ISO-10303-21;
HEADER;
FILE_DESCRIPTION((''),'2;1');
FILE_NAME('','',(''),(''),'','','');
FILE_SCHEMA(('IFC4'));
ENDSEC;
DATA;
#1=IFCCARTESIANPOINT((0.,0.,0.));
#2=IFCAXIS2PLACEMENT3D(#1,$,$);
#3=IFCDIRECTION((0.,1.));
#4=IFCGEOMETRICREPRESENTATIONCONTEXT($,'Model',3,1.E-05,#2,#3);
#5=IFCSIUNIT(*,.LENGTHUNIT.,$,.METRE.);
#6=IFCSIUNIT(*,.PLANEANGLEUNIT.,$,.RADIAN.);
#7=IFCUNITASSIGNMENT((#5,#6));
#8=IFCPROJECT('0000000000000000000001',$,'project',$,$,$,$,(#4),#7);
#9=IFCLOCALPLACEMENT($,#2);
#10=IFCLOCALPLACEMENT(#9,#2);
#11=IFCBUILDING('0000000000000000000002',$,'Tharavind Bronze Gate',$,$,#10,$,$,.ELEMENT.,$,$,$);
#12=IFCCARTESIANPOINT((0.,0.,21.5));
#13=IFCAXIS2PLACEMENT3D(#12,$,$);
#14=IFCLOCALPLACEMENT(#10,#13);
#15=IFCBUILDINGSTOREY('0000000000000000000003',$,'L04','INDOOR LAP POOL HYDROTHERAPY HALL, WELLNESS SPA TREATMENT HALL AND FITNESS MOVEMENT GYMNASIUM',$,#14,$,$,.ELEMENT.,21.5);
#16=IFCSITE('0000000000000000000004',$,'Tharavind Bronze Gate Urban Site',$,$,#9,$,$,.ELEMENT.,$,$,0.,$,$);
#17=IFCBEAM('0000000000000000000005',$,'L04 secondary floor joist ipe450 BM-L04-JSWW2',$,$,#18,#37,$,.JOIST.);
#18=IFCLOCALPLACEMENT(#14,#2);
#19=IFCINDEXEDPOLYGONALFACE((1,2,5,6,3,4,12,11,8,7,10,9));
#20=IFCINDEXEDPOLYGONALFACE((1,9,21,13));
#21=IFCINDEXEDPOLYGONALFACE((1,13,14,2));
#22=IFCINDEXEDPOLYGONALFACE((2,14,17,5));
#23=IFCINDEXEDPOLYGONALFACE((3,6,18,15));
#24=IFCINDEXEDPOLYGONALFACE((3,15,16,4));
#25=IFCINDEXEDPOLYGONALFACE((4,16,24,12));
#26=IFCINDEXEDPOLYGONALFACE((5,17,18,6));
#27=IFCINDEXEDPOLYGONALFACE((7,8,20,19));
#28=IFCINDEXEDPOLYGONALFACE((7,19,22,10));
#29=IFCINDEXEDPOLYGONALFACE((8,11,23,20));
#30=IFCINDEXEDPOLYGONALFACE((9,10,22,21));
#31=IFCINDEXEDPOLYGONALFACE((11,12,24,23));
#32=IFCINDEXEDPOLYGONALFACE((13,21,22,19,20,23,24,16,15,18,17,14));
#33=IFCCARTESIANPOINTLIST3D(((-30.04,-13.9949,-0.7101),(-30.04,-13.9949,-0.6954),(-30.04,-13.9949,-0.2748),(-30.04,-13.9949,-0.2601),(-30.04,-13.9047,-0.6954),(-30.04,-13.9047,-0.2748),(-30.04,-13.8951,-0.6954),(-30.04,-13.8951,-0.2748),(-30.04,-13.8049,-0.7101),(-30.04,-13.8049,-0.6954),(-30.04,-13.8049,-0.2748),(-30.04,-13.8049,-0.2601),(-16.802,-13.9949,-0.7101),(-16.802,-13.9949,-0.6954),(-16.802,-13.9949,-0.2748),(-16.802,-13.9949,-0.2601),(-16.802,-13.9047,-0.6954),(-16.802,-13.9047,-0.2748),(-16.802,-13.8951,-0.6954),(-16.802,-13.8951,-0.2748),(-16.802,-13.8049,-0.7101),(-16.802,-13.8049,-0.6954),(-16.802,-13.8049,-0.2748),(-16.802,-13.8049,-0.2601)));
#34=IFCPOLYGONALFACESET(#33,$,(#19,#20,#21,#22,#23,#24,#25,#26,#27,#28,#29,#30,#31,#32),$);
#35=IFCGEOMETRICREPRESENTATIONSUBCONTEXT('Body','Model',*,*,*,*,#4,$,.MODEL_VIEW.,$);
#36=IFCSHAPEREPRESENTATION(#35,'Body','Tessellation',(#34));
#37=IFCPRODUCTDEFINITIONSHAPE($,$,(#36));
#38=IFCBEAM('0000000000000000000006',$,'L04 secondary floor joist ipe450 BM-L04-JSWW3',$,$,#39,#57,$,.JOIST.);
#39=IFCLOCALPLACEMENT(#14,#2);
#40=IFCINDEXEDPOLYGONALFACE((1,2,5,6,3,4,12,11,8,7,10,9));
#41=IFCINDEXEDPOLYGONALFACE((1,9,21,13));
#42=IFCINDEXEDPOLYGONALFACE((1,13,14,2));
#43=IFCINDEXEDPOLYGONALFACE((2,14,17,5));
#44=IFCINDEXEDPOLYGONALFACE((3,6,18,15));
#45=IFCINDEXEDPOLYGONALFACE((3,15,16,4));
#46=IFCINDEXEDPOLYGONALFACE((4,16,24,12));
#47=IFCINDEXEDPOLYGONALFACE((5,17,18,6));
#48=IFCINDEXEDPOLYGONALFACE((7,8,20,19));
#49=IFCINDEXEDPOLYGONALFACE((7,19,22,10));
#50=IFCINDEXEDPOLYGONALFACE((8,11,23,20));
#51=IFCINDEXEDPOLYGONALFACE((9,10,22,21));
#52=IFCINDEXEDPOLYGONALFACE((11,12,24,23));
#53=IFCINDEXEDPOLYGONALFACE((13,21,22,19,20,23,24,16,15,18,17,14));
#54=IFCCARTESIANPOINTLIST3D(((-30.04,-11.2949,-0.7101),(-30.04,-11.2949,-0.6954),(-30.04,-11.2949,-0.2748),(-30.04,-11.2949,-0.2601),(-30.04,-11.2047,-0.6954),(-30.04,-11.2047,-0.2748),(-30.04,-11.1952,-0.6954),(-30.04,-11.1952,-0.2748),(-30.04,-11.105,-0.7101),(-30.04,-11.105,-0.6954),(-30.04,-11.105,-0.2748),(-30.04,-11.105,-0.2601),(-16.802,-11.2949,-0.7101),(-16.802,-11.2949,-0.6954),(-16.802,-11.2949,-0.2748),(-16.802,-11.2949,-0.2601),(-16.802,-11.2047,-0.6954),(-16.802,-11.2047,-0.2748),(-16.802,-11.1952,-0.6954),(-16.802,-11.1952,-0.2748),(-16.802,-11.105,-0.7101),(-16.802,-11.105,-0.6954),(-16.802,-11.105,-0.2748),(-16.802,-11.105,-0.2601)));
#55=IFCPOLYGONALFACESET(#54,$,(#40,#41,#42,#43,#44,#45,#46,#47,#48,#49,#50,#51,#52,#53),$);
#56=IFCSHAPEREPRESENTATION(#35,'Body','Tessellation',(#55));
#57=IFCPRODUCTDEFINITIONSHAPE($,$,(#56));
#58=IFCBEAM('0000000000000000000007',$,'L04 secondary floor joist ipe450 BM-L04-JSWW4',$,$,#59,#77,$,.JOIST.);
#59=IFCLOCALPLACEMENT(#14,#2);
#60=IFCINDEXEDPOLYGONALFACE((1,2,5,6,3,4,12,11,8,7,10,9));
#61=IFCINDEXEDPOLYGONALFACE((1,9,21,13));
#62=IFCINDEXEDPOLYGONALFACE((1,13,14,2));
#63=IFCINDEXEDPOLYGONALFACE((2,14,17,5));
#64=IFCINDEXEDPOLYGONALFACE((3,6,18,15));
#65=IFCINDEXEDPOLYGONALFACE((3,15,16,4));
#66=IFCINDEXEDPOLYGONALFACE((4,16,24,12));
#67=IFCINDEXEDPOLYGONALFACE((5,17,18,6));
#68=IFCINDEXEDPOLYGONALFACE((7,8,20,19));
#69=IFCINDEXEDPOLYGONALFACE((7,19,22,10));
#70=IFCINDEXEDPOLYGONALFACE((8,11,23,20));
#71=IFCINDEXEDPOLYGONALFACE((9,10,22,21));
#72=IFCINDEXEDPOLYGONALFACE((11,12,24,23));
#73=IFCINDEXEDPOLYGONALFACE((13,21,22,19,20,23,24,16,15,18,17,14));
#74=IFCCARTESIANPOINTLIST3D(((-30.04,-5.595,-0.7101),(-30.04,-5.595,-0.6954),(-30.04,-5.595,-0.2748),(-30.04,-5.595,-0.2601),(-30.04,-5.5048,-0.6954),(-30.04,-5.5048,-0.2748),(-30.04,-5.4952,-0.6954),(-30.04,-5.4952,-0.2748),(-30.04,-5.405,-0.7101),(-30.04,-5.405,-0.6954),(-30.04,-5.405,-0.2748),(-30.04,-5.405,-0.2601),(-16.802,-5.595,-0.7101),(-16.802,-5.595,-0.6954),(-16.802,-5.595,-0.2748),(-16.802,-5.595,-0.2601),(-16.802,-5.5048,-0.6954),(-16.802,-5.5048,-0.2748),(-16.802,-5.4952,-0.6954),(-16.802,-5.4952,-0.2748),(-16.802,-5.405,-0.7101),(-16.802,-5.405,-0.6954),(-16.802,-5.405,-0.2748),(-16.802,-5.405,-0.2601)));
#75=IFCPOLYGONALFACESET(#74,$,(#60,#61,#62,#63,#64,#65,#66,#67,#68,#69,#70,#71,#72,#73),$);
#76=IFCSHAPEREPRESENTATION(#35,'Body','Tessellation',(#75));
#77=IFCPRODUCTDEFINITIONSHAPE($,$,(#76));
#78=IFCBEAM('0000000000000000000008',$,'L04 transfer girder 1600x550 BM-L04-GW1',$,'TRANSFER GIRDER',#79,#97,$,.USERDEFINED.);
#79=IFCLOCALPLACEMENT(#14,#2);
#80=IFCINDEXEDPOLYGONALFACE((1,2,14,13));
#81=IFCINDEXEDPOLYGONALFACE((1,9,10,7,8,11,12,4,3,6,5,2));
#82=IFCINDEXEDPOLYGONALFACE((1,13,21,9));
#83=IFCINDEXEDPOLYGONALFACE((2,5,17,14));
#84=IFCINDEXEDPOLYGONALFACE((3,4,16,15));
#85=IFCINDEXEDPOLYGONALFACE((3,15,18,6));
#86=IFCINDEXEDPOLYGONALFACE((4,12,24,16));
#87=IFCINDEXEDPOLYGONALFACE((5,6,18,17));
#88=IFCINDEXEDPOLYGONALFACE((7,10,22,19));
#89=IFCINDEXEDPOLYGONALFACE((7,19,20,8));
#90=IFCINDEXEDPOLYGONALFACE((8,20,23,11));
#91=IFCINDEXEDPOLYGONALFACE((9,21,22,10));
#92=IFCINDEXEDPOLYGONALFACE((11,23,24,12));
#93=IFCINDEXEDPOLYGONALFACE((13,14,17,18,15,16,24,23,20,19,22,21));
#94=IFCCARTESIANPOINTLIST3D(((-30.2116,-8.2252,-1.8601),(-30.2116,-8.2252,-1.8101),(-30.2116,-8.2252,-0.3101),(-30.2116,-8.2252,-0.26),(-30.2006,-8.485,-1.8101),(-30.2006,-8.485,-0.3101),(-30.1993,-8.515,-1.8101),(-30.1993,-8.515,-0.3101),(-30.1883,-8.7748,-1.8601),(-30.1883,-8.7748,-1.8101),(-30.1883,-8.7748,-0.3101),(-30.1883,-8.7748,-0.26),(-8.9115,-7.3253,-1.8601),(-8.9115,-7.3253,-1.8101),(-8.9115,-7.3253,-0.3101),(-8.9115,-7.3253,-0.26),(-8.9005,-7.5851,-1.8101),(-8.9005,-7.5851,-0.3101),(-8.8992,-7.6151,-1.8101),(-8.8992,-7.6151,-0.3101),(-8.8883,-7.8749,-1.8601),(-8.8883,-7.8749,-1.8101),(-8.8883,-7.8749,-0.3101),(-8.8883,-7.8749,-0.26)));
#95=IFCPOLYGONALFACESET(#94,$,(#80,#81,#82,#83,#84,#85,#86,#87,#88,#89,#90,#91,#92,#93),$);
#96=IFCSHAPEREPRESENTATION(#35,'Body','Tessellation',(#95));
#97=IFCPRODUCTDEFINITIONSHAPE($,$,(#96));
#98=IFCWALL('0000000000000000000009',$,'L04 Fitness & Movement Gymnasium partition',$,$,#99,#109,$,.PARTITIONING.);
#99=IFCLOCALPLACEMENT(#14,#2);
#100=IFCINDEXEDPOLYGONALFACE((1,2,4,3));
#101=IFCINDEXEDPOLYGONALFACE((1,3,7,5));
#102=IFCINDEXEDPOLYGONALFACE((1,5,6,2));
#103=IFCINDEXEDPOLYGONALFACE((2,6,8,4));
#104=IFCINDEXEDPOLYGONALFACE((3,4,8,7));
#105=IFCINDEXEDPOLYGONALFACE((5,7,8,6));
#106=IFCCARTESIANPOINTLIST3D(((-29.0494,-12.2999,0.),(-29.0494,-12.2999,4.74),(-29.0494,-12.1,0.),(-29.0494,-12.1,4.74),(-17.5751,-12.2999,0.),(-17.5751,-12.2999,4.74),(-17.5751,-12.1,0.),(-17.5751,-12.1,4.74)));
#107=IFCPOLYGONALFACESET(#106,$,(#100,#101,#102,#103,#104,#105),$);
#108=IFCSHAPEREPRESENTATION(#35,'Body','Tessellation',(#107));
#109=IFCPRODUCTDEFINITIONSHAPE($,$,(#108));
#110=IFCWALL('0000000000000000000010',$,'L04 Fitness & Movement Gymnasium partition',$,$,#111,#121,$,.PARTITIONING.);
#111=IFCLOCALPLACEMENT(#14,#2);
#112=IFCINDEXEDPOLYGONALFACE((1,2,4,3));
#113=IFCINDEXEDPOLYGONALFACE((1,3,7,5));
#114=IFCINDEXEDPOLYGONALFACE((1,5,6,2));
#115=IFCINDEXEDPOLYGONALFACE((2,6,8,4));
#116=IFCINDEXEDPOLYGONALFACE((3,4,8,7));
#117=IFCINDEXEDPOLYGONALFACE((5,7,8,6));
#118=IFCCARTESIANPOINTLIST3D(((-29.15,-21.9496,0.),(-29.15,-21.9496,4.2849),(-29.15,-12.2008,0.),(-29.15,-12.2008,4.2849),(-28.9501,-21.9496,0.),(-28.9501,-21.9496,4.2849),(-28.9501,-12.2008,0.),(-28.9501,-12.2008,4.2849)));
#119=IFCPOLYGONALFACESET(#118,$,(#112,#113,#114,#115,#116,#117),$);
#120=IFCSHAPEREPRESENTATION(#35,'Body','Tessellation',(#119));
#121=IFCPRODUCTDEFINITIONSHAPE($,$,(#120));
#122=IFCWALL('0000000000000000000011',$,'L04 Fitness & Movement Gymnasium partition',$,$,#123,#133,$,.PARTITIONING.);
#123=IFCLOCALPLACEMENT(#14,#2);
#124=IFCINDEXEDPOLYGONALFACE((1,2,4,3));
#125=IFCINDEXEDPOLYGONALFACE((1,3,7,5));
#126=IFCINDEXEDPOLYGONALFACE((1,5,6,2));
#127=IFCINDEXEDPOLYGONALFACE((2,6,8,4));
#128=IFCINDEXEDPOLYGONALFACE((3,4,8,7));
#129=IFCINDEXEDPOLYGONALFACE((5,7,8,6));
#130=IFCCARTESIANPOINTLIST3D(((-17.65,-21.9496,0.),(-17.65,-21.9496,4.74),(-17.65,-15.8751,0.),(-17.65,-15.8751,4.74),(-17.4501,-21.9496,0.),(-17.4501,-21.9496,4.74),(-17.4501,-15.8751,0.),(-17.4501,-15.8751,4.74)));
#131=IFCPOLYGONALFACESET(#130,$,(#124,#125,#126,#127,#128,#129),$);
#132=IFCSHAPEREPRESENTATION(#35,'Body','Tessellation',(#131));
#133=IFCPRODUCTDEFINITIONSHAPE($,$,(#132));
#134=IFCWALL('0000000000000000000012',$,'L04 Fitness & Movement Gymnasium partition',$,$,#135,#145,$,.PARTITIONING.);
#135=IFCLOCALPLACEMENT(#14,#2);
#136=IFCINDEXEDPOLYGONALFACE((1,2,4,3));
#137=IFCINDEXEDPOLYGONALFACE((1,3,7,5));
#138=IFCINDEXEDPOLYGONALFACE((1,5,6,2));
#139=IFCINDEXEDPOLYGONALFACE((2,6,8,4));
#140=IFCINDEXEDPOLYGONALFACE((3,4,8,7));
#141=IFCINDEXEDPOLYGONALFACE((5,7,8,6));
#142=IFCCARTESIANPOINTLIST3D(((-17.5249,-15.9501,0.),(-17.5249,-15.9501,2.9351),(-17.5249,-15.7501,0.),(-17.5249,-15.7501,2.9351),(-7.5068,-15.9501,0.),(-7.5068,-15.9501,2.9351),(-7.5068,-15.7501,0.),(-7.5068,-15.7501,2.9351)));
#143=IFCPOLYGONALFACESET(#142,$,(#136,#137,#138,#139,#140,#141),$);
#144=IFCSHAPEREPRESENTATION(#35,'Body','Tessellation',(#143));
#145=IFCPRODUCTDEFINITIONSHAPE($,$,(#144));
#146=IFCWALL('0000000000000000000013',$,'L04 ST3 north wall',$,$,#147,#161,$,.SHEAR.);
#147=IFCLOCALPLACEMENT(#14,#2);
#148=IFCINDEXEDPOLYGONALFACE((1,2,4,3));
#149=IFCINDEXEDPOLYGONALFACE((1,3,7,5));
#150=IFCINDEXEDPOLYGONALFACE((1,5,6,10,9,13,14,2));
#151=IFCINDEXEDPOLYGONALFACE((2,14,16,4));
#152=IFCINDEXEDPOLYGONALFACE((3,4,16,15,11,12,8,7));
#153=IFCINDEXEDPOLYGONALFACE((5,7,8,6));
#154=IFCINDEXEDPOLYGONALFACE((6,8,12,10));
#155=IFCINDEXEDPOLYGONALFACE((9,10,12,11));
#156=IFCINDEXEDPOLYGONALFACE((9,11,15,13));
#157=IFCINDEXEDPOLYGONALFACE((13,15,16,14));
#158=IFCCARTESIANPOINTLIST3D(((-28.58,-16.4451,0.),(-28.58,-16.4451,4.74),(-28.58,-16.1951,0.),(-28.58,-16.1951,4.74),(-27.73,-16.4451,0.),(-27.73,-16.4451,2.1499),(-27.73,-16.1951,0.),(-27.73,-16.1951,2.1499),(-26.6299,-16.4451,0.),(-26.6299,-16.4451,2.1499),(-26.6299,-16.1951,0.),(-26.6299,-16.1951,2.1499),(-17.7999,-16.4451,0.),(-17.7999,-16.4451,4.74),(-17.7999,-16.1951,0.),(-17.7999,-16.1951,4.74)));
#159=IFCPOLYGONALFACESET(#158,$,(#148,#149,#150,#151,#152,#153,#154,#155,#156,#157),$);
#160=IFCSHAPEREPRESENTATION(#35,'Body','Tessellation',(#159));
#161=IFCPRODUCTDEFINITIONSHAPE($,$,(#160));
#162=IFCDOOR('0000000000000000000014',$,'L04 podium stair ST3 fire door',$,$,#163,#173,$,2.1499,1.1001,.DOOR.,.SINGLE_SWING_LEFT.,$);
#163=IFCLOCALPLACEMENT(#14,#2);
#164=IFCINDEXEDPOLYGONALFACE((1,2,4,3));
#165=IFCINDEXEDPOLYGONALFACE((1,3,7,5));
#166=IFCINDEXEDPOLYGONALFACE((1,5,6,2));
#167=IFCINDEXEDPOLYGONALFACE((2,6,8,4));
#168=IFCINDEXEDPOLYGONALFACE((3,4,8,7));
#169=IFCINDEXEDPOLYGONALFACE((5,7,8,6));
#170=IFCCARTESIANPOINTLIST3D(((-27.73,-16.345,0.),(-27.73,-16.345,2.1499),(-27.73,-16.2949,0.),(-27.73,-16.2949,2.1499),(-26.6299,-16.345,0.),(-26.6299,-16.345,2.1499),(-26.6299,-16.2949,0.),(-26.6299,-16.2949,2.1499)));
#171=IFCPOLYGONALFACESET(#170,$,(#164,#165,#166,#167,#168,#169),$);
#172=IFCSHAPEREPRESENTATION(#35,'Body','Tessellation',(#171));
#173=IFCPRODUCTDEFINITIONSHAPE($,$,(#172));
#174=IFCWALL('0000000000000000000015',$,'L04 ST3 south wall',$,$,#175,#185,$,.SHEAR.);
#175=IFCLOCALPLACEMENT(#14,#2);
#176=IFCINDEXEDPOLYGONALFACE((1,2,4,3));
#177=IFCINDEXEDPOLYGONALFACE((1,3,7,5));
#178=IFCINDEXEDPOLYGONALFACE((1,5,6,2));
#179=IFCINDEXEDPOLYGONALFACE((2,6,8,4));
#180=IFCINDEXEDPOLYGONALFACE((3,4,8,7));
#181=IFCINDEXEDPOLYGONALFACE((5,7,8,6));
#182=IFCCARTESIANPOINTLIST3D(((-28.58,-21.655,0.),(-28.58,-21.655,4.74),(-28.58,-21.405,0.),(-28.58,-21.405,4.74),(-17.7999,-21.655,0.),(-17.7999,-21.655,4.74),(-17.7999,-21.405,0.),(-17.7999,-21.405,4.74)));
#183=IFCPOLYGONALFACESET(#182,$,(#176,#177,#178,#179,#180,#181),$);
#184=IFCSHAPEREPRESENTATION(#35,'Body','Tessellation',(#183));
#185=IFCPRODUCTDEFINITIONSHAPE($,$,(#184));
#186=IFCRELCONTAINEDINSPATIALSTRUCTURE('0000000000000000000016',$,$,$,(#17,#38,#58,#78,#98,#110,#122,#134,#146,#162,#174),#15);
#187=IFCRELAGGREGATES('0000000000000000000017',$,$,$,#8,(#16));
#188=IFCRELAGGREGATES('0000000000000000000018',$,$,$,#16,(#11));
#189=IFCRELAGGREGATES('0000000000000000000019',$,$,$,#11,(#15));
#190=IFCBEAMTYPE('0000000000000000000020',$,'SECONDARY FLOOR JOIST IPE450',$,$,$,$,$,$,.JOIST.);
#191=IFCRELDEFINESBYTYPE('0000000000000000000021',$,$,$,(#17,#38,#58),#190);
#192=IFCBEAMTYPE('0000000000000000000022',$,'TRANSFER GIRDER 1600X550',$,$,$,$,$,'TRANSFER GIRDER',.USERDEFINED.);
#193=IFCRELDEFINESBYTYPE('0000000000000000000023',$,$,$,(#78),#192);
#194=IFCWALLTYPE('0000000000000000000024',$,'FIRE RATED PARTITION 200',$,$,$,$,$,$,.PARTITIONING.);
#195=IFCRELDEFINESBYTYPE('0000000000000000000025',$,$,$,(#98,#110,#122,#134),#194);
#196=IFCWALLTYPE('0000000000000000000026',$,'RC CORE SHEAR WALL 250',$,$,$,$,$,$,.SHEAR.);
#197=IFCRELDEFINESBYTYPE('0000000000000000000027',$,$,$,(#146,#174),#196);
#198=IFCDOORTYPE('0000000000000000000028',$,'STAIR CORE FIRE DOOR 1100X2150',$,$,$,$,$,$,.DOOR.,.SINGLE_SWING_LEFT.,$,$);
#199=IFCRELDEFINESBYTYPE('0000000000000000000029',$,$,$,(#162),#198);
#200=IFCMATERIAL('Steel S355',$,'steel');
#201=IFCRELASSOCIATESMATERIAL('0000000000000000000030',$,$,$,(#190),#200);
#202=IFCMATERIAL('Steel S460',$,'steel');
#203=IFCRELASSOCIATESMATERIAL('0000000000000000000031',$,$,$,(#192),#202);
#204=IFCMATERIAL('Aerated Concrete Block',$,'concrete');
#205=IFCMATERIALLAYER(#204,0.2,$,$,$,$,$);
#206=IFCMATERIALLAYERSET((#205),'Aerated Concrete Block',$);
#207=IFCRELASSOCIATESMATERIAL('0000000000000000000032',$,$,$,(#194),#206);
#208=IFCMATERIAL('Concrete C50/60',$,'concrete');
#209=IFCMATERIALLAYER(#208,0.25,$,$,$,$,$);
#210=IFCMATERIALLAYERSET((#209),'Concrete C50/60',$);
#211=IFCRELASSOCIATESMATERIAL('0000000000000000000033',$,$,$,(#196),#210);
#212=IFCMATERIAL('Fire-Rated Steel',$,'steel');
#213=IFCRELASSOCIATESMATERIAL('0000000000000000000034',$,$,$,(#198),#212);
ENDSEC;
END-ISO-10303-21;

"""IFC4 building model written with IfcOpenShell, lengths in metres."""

from ifc_helpers import new_model, si_unit, direction, frame, frame_2d, origin, origin_2d, place, context, subcontext, project, spatial, rectangle, i_section, extrude, material, layer, layer_set, material_profile, profile_set, type_object, element, fill, save


model = new_model("IFC4")

# Units and contexts
model_context = context("Model", 3, precision=1e-05, world=origin(), true_north=direction((0.0, 1.0)))
body_context = subcontext(model_context, "Body", "Model", "MODEL_VIEW")
ifc_project = project(units=[si_unit("LENGTHUNIT", "METRE"), si_unit("PLANEANGLEUNIT", "RADIAN")], contexts=[model_context])

# Site, building, storey
site_placement = place(None, origin())
site = spatial("IfcSite", under=ifc_project, at=site_placement, Name="Tharavind Bronze Gate Urban Site", CompositionType="ELEMENT", RefElevation=0.0)
building_placement = place(site_placement, origin())
building = spatial("IfcBuilding", under=site, at=building_placement, Name="Tharavind Bronze Gate", CompositionType="ELEMENT")
storey_placement = place(building_placement, frame((0.0, 0.0, 21.5)))
storey = spatial("IfcBuildingStorey", under=building, at=storey_placement, Name="L04", Description="INDOOR LAP POOL HYDROTHERAPY HALL, WELLNESS SPA TREATMENT HALL AND FITNESS MOVEMENT GYMNASIUM", CompositionType="ELEMENT", Elevation=21.5)

# Shared definitions
ifc_material_1 = material(Name="Steel S460", Category="steel")

# Beams
ifc_material_2 = material(Name="Steel S355", Category="steel")
ifc_material_profile_1 = material_profile(ifc_material_2, i_section(OverallWidth=0.1899, OverallDepth=0.45, WebThickness=0.0095, FlangeThickness=0.0146, at=origin_2d()), Name="IPE450")
ifc_profile_set_1 = profile_set([ifc_material_profile_1], Name="Steel S355")
beam_type_1 = type_object("IfcBeamType", Name="SECONDARY FLOOR JOIST IPE450", PredefinedType="JOIST", material=ifc_profile_set_1)
for number, where, z_axis, x_axis, name in (
    (1, (-30.04, -13.8999, -0.4851), (1.0, 0.0, 0.0), (0.0, 1.0, 0.0), "L04 secondary floor joist ipe450 BM-L04-JSWW2"),
    (2, (-30.04, -11.2, -0.4851), (1.0, 0.0, 0.0), (0.0, 1.0, 0.0), "L04 secondary floor joist ipe450 BM-L04-JSWW3"),
    (3, (-30.04, -5.5, -0.4851), (1.0, 0.0, 0.0), (0.0, 1.0, 0.0), "L04 secondary floor joist ipe450 BM-L04-JSWW4"),
):
    element("IfcBeam", number, at=place(storey_placement, frame(where, z_axis=z_axis, x_axis=x_axis)), inside=storey, type_object=beam_type_1, Name=name, PredefinedType="JOIST", context=body_context, shape_type="SweptSolid", body=[
        extrude(i_section(OverallWidth=0.1899, OverallDepth=0.45, WebThickness=0.0095, FlangeThickness=0.0146, at=origin_2d()), origin(), (0.0, 0.0, 1.0), 13.238),
    ])
ifc_material_profile_2 = material_profile(ifc_material_1, i_section(OverallWidth=0.55, OverallDepth=1.6001, WebThickness=0.03, FlangeThickness=0.05, at=origin_2d()), Name="PG1600X550")
ifc_profile_set_2 = profile_set([ifc_material_profile_2], Name="Steel S460")
beam_type_2 = type_object("IfcBeamType", Name="TRANSFER GIRDER 1600X550", ElementType="TRANSFER GIRDER", PredefinedType="USERDEFINED", material=ifc_profile_set_2)
beam_1_placement = place(storey_placement, frame((-30.2, -8.5, -1.0601), z_axis=(0.999109, 0.042211, 0.0), x_axis=(-0.042211, 0.999109, 0.0)))
element("IfcBeam", 4, at=beam_1_placement, inside=storey, type_object=beam_type_2, Name="L04 transfer girder 1600x550 BM-L04-GW1", ObjectType="TRANSFER GIRDER", PredefinedType="USERDEFINED", context=body_context, shape_type="SweptSolid", body=[
    extrude(i_section(OverallWidth=0.55, OverallDepth=1.6001, WebThickness=0.03, FlangeThickness=0.05, at=origin_2d()), origin(), (0.0, 0.0, 1.0), 21.3191),
])

# Walls
ifc_material_3 = material(Name="Aerated Concrete Block", Category="concrete")
ifc_layer_1 = layer(ifc_material_3, 0.2)
ifc_layer_set_1 = layer_set([ifc_layer_1], Name="Aerated Concrete Block")
wall_type_1 = type_object("IfcWallType", Name="FIRE RATED PARTITION 200", PredefinedType="PARTITIONING", material=ifc_layer_set_1)
wall_1_placement = place(storey_placement, frame((-17.575, -12.2, 0.0), z_axis=(0.0, 0.0, 1.0), x_axis=(-1.0, 0.0, 0.0)))
element("IfcWall", 5, at=wall_1_placement, inside=storey, type_object=wall_type_1, Name="L04 Fitness & Movement Gymnasium partition", PredefinedType="PARTITIONING", context=body_context, shape_type="SweptSolid", body=[
    extrude(rectangle(XDim=11.4744, YDim=0.2, at=frame_2d((5.7373, 0.0))), origin(), (0.0, 0.0, 1.0), 4.74),
])
wall_2_placement = place(storey_placement, frame((-29.05, -12.2007, 0.0), z_axis=(0.0, 0.0, 1.0), x_axis=(0.0, -1.0, 0.0)))
element("IfcWall", 6, at=wall_2_placement, inside=storey, type_object=wall_type_1, Name="L04 Fitness & Movement Gymnasium partition", PredefinedType="PARTITIONING", context=body_context, shape_type="SweptSolid", body=[
    extrude(rectangle(XDim=9.7488, YDim=0.2, at=frame_2d((4.8745, 0.0))), origin(), (0.0, 0.0, 1.0), 4.2849),
])
wall_3_placement = place(storey_placement, frame((-17.55, -21.9495, 0.0), z_axis=(0.0, 0.0, 1.0), x_axis=(0.0, 1.0, 0.0)))
element("IfcWall", 7, at=wall_3_placement, inside=storey, type_object=wall_type_1, Name="L04 Fitness & Movement Gymnasium partition", PredefinedType="PARTITIONING", context=body_context, shape_type="SweptSolid", body=[
    extrude(rectangle(XDim=6.0745, YDim=0.2, at=frame_2d((3.0371, 0.0))), origin(), (0.0, 0.0, 1.0), 4.74),
])
wall_4_placement = place(storey_placement, frame((-17.5249, -15.8501, 0.0), z_axis=(0.0, 0.0, 1.0), x_axis=(1.0, 0.0, 0.0)))
element("IfcWall", 8, at=wall_4_placement, inside=storey, type_object=wall_type_1, Name="L04 Fitness & Movement Gymnasium partition", PredefinedType="PARTITIONING", context=body_context, shape_type="SweptSolid", body=[
    extrude(rectangle(XDim=10.0181, YDim=0.2, at=frame_2d((5.009, 0.0))), origin(), (0.0, 0.0, 1.0), 2.9351),
])

# Wall, opening, door
ifc_material_4 = material(Name="Concrete C50/60", Category="concrete")
ifc_layer_2 = layer(ifc_material_4, 0.25)
ifc_layer_set_2 = layer_set([ifc_layer_2], Name="Concrete C50/60")
wall_type_2 = type_object("IfcWallType", Name="RC CORE SHEAR WALL 250", PredefinedType="SHEAR", material=ifc_layer_set_2)
wall_5_placement = place(storey_placement, frame((-28.5801, -16.3201, 0.0), z_axis=(0.0, 0.0, 1.0), x_axis=(1.0, 0.0, 0.0)))
wall_5 = element("IfcWall", 9, at=wall_5_placement, inside=storey, type_object=wall_type_2, Name="L04 ST3 north wall", PredefinedType="SHEAR", context=body_context, shape_type="SweptSolid", body=[
    extrude(rectangle(XDim=10.78, YDim=0.25, at=frame_2d((5.3901, 0.0))), origin(), (0.0, 0.0, 1.0), 4.74),
])
opening_placement = place(wall_5_placement, frame((0.8501, 0.0, 0.0)))
opening = element("IfcOpeningElement", 10, at=opening_placement, cuts=wall_5, PredefinedType="OPENING", context=body_context, shape_type="SweptSolid", body=[
    extrude(rectangle(XDim=1.1001, YDim=2.1499, at=frame_2d((0.55, 1.075))), frame((0.0, 0.135, 0.0), z_axis=(0.0, -1.0, 0.0), x_axis=(1.0, 0.0, 0.0)), (0.0, 0.0, 1.0), 0.27),
])
ifc_material_5 = material(Name="Fire-Rated Steel", Category="steel")
door_type = type_object("IfcDoorType", Name="STAIR CORE FIRE DOOR 1100X2150", OperationType="SINGLE_SWING_LEFT", PredefinedType="DOOR", material=ifc_material_5)
door_placement = place(opening_placement, frame((1.1001, 0.0, 0.0), z_axis=(0.0, 0.0, 1.0), x_axis=(-1.0, 0.0, 0.0)))
door = element("IfcDoor", 11, at=door_placement, inside=storey, type_object=door_type, Name="L04 podium stair ST3 fire door", OperationType="SINGLE_SWING_LEFT", OverallHeight=2.1499, OverallWidth=1.1001, PredefinedType="DOOR", context=body_context, shape_type="SweptSolid", body=[
    extrude(rectangle(XDim=1.1001, YDim=2.1499, at=frame_2d((0.55, 1.075))), frame((0.0, 0.0249, 0.0), z_axis=(0.0, -1.0, 0.0), x_axis=(1.0, 0.0, 0.0)), (0.0, 0.0, 1.0), 0.05),
])
fill(opening, door)

# Wall
wall_6_placement = place(storey_placement, frame((-28.5801, -21.53, 0.0), z_axis=(0.0, 0.0, 1.0), x_axis=(1.0, 0.0, 0.0)))
element("IfcWall", 12, at=wall_6_placement, inside=storey, type_object=wall_type_2, Name="L04 ST3 south wall", PredefinedType="SHEAR", context=body_context, shape_type="SweptSolid", body=[
    extrude(rectangle(XDim=10.78, YDim=0.25, at=frame_2d((5.3901, 0.0))), origin(), (0.0, 0.0, 1.0), 4.74),
])

save(model, "model.ifc")
